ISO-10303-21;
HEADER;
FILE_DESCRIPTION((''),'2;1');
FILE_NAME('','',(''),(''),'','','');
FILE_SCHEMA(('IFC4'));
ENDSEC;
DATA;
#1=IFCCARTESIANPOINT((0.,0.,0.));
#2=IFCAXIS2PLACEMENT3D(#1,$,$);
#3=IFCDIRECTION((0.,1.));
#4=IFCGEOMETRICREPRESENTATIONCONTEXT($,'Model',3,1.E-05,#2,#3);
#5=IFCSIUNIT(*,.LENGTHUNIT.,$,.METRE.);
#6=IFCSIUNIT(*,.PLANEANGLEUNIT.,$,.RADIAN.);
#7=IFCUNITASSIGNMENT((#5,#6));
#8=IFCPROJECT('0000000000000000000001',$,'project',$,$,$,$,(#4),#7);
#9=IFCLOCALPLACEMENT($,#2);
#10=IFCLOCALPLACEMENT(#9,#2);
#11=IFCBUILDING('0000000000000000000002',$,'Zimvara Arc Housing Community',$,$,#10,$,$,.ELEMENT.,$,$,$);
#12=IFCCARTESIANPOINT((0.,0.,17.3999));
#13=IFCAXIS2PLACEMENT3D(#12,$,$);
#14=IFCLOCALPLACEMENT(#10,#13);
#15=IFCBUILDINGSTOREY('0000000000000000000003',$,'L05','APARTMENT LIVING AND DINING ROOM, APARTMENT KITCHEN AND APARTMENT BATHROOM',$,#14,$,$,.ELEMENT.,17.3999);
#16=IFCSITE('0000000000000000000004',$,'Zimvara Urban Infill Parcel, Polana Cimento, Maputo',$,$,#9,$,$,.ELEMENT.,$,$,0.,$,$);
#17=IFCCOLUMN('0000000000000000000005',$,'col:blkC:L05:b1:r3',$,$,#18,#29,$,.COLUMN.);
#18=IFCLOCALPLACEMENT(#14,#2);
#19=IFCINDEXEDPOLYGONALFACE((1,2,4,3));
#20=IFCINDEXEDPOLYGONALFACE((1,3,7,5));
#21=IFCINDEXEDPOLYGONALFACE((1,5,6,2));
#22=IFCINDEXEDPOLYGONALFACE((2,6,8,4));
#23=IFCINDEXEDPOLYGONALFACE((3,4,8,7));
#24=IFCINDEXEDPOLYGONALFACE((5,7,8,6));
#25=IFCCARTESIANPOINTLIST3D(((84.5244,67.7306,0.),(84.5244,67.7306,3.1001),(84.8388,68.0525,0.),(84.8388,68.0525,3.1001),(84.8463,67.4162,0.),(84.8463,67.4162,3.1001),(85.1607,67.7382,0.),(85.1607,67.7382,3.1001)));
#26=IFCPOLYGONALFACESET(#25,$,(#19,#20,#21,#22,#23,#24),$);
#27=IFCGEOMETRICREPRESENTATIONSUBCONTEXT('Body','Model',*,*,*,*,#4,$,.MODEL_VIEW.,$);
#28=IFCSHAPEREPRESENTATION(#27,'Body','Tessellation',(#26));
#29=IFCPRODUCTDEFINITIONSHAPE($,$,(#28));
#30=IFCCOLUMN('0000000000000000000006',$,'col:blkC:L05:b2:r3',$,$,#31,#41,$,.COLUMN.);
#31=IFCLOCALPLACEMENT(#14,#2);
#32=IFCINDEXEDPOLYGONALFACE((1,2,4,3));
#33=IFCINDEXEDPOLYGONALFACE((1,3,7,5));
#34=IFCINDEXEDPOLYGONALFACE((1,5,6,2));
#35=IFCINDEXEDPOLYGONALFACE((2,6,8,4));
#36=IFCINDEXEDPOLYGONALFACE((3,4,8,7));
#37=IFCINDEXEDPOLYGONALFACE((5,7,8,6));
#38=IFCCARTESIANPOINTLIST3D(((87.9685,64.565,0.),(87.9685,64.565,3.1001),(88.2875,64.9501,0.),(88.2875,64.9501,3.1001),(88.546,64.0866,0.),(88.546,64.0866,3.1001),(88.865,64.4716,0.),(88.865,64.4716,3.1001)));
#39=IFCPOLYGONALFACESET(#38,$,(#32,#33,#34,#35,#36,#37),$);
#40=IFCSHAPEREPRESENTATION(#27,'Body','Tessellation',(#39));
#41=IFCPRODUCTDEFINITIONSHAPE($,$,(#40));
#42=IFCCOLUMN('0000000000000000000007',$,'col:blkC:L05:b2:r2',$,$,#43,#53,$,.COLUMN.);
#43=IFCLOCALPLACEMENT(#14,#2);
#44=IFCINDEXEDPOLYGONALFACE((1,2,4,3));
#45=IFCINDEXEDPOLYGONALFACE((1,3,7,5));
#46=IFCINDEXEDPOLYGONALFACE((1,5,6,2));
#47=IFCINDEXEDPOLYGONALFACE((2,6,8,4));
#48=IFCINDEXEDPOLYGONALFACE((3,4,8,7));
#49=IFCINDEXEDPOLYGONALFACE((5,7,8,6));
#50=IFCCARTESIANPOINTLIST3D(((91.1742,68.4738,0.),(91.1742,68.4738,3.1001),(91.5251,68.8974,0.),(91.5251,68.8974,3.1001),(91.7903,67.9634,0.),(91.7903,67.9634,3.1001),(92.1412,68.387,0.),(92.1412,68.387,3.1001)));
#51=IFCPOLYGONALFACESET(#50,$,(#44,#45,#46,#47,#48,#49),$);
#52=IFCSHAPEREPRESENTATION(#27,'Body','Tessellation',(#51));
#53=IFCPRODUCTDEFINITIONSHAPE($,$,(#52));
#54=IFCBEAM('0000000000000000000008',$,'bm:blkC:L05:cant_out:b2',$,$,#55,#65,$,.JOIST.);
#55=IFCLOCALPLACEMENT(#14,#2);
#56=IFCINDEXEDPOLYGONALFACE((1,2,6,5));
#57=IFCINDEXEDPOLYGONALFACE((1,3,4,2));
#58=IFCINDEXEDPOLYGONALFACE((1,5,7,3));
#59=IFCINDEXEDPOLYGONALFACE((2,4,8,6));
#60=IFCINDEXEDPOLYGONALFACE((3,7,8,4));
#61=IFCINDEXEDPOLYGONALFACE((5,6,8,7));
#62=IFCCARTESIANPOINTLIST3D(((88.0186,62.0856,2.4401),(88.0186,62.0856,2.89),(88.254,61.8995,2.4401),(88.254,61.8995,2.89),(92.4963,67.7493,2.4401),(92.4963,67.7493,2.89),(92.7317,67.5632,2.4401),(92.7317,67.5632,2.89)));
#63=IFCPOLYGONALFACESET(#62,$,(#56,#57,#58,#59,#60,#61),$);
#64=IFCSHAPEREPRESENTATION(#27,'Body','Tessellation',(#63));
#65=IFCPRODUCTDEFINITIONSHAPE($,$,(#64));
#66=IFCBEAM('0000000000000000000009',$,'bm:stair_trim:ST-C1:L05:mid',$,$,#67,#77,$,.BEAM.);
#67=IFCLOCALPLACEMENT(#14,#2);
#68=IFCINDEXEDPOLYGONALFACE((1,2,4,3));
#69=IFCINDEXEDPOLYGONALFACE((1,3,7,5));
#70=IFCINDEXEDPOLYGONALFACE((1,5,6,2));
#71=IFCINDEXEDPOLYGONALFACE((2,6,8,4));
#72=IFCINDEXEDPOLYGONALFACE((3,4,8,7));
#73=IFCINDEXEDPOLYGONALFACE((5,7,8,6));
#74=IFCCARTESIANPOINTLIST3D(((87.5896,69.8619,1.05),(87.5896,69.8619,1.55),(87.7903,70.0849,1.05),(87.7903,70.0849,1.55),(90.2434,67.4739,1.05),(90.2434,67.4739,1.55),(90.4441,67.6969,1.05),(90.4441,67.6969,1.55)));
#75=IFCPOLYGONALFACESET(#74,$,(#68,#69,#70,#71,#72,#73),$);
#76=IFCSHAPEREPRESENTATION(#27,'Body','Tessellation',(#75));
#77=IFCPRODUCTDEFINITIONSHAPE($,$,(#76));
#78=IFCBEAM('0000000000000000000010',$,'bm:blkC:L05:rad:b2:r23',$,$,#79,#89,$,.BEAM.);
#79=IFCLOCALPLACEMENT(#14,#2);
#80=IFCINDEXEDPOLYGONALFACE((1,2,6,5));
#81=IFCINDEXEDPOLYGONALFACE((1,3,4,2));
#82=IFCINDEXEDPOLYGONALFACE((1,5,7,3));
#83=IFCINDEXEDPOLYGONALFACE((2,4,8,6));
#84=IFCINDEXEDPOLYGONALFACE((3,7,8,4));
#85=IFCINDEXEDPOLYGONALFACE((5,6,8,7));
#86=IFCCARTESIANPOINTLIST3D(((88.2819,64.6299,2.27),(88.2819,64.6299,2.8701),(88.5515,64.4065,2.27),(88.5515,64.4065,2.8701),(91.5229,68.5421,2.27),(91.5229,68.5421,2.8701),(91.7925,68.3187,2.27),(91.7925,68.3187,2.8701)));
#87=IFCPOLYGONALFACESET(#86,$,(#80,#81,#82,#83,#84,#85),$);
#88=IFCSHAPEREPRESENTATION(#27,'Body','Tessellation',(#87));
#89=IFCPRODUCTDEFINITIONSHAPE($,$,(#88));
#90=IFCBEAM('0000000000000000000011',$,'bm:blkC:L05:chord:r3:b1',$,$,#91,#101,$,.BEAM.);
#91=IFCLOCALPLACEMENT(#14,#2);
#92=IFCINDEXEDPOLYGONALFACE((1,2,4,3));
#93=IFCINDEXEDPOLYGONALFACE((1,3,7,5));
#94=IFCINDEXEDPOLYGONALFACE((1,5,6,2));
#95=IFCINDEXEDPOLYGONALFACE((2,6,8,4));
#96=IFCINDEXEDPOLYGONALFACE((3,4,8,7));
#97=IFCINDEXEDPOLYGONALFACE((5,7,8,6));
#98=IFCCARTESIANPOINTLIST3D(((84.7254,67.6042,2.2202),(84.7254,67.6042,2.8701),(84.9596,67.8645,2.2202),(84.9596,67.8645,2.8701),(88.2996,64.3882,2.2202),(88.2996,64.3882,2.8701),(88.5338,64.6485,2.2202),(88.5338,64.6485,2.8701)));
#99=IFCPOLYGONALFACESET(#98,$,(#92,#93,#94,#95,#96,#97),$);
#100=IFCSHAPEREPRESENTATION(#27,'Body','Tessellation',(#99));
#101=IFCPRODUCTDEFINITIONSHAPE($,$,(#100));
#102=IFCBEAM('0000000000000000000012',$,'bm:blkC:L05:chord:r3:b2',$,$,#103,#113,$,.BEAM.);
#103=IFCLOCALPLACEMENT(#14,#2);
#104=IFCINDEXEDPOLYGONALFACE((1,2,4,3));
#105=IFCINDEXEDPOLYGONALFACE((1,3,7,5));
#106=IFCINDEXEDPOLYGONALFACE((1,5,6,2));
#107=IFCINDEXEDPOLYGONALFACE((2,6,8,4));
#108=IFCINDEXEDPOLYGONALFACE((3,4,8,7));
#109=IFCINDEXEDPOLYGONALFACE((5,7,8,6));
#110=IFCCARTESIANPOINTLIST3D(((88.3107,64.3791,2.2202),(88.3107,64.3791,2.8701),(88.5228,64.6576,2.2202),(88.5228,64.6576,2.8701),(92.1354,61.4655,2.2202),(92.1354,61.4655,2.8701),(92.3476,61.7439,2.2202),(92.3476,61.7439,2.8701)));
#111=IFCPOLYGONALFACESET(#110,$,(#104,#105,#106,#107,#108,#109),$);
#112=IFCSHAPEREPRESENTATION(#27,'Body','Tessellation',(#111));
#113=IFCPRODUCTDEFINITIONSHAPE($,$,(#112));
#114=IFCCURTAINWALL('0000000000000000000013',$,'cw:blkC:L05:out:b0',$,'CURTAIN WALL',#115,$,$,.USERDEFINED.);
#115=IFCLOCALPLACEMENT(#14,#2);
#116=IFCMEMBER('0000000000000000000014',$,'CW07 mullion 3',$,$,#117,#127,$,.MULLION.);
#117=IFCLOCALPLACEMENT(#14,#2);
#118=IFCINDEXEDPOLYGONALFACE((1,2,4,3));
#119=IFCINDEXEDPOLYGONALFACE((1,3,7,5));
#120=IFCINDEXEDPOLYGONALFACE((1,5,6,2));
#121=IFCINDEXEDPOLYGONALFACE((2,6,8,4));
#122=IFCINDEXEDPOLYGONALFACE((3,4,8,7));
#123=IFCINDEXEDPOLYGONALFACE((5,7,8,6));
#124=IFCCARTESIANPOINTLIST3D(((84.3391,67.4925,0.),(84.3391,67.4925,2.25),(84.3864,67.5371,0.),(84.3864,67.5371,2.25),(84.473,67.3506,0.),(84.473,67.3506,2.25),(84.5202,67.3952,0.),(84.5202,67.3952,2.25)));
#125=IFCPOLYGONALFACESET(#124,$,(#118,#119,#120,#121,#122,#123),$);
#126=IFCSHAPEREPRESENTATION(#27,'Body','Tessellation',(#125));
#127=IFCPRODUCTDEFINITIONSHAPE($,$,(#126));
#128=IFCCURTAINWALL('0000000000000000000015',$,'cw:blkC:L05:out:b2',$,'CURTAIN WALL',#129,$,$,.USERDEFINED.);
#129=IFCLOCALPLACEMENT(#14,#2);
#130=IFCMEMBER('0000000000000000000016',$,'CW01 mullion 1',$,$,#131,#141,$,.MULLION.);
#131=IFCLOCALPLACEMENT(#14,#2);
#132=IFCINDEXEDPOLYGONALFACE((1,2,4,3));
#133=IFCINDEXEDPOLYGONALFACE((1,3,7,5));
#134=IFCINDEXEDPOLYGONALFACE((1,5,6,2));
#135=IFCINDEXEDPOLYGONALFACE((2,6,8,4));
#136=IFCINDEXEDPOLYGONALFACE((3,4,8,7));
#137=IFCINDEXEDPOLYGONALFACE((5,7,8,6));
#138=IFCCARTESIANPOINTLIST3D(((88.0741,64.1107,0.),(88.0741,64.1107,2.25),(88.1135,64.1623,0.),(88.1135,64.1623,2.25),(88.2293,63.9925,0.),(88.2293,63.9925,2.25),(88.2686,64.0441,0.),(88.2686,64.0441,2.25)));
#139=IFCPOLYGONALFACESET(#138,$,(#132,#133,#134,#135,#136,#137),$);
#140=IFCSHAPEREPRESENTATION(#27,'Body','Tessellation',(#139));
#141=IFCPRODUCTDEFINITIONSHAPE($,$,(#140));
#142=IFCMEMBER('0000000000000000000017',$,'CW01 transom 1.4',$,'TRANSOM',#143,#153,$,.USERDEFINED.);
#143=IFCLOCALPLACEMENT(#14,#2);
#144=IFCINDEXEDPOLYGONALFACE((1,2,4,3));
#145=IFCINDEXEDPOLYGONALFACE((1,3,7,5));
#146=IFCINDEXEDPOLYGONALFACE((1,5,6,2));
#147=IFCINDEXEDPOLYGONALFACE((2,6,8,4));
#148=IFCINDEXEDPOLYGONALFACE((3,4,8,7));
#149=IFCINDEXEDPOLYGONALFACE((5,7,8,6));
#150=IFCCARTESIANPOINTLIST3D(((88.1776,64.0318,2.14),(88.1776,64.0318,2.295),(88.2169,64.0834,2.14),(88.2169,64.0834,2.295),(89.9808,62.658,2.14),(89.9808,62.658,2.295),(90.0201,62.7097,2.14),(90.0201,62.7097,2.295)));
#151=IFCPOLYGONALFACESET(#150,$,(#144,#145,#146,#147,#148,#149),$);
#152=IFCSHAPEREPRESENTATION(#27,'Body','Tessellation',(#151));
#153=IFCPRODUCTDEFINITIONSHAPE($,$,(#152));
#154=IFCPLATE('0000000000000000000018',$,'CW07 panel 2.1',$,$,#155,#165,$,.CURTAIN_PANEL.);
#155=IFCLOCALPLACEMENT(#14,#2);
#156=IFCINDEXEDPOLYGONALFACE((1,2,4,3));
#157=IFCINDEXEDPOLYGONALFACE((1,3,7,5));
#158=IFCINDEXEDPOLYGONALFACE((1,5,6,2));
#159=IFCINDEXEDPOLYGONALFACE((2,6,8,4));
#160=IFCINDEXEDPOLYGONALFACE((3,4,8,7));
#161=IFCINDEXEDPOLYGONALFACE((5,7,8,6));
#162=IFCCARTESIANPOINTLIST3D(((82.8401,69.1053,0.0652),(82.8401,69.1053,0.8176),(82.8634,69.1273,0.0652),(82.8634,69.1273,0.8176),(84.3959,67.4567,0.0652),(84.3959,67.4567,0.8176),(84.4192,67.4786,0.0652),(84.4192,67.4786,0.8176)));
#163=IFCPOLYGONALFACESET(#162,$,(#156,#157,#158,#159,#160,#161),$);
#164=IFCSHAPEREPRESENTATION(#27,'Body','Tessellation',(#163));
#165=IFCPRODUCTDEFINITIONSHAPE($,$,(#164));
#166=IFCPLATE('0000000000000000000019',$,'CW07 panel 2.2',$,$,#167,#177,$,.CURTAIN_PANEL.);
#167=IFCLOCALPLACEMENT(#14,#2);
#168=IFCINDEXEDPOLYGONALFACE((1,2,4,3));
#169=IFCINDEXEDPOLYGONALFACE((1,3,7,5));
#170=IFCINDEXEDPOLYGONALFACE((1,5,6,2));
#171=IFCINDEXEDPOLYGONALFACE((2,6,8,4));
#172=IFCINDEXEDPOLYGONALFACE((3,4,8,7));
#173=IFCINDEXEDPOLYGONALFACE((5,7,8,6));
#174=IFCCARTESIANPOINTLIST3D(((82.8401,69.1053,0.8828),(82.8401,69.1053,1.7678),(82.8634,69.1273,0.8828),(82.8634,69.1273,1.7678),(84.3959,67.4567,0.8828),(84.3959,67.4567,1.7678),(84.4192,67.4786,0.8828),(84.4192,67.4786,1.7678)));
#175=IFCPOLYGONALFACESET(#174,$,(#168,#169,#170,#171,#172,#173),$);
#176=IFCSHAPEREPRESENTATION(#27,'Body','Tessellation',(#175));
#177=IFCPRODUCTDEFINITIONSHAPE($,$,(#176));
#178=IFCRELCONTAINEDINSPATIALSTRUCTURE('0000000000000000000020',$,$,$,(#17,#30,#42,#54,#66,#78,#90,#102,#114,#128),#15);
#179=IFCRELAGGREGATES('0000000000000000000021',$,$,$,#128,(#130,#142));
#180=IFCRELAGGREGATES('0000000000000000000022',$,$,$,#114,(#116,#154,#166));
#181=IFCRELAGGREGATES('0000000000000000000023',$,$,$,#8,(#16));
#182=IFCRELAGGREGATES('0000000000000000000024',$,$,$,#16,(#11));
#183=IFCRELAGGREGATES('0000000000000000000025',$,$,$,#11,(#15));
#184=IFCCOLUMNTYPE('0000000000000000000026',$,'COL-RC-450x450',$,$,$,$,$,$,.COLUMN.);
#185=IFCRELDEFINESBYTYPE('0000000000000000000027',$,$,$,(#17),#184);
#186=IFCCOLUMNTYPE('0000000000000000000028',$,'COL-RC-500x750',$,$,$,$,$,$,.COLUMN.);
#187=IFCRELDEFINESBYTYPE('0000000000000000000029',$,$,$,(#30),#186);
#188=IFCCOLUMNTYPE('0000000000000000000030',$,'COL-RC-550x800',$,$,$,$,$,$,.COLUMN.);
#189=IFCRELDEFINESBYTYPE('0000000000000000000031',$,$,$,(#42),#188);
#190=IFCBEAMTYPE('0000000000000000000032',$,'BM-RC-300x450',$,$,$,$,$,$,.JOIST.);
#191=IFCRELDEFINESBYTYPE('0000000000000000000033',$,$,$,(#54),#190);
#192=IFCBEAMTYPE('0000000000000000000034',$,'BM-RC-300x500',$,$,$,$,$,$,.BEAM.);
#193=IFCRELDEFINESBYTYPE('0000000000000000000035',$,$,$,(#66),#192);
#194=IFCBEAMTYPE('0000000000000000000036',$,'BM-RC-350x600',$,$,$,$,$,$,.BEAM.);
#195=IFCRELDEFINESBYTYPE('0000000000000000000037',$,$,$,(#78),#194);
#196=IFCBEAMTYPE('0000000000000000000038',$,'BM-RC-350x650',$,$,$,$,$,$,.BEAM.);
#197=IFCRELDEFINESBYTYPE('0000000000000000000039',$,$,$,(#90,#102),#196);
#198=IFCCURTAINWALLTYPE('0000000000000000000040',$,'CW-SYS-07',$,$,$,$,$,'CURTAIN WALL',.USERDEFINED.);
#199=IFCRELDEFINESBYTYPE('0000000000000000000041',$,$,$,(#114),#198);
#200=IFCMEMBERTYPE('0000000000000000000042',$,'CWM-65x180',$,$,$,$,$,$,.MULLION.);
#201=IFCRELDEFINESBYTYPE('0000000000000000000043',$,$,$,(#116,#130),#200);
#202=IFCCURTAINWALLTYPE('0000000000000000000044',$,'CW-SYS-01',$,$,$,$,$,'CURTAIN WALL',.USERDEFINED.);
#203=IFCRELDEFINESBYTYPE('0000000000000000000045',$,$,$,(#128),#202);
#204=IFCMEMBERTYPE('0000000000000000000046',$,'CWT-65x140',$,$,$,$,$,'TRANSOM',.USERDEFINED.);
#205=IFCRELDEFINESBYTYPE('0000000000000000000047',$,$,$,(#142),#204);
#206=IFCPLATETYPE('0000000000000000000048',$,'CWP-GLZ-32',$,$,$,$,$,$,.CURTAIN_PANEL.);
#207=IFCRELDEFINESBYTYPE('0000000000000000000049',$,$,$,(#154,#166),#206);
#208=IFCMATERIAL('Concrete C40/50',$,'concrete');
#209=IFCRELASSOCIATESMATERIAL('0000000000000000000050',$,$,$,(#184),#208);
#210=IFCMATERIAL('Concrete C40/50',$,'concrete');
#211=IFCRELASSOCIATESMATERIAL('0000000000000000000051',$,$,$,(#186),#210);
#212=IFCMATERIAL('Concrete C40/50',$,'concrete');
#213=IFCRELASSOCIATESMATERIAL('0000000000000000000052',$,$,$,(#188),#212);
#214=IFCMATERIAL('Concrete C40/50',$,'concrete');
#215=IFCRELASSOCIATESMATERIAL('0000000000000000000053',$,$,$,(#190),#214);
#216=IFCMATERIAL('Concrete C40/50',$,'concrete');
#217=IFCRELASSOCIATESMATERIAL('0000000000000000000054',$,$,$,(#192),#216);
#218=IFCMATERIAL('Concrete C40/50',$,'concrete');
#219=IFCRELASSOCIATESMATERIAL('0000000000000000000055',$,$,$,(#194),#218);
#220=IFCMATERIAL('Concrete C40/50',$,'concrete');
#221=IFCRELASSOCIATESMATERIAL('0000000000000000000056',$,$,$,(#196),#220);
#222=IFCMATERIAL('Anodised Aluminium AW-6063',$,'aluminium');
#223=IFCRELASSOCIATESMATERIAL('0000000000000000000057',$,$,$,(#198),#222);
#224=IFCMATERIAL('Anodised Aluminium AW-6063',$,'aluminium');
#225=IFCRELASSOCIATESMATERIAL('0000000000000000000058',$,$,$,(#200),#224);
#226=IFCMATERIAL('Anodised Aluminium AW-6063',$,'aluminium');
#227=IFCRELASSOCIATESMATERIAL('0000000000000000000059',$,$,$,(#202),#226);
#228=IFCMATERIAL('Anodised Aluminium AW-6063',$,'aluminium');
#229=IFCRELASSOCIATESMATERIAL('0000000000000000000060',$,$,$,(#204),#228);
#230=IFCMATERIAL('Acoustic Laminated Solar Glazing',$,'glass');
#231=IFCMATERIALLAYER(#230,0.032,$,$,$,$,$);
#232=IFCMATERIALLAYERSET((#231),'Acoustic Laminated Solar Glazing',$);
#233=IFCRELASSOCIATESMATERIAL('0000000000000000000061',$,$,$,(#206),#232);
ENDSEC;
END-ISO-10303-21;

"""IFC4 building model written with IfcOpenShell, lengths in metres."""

from ifc_helpers import new_model, si_unit, direction, frame, origin, origin_2d, place, context, subcontext, project, spatial, rectangle, extrude, material, layer, layer_set, material_profile, profile_set, type_object, element, aggregate, save


model = new_model("IFC4")

# Units and contexts
model_context = context("Model", 3, precision=1e-05, world=origin(), true_north=direction((0.0, 1.0)))
body_context = subcontext(model_context, "Body", "Model", "MODEL_VIEW")
ifc_project = project(units=[si_unit("LENGTHUNIT", "METRE"), si_unit("PLANEANGLEUNIT", "RADIAN")], contexts=[model_context])

# Site, building, storey
site_placement = place(None, origin())
site = spatial("IfcSite", under=ifc_project, at=site_placement, Name="Zimvara Urban Infill Parcel, Polana Cimento, Maputo", CompositionType="ELEMENT", RefElevation=0.0)
building_placement = place(site_placement, origin())
building = spatial("IfcBuilding", under=site, at=building_placement, Name="Zimvara Arc Housing Community", CompositionType="ELEMENT")
storey_placement = place(building_placement, frame((0.0, 0.0, 17.3999)))
storey = spatial("IfcBuildingStorey", under=building, at=storey_placement, Name="L05", Description="APARTMENT LIVING AND DINING ROOM, APARTMENT KITCHEN AND APARTMENT BATHROOM", CompositionType="ELEMENT", Elevation=17.3999)

# Columns
ifc_material_1 = material(Name="Concrete C40/50", Category="concrete")
ifc_material_profile_1 = material_profile(ifc_material_1, rectangle(XDim=0.45, YDim=0.45, at=origin_2d()), Name="RC 450x450")
ifc_profile_set_1 = profile_set([ifc_material_profile_1], Name="Concrete C40/50")
column_type_1 = type_object("IfcColumnType", Name="COL-RC-450x450", PredefinedType="COLUMN", material=ifc_profile_set_1)
column_1_placement = place(storey_placement, frame((84.8425, 67.7344, 0.0), z_axis=(0.0, 0.0, 1.0), x_axis=(-0.698665, -0.715449, 0.0)))
element("IfcColumn", 1, at=column_1_placement, inside=storey, type_object=column_type_1, Name="col:blkC:L05:b1:r3", PredefinedType="COLUMN", context=body_context, shape_type="SweptSolid", body=[
    extrude(rectangle(XDim=0.45, YDim=0.45, at=origin_2d()), origin(), (0.0, 0.0, 1.0), 3.1001),
])
ifc_material_2 = material(Name="Concrete C40/50", Category="concrete")
ifc_material_profile_2 = material_profile(ifc_material_2, rectangle(XDim=0.5, YDim=0.75, at=origin_2d()), Name="RC 500x750")
ifc_profile_set_2 = profile_set([ifc_material_profile_2], Name="Concrete C40/50")
column_type_2 = type_object("IfcColumnType", Name="COL-RC-500x750", PredefinedType="COLUMN", material=ifc_profile_set_2)
column_2_placement = place(storey_placement, frame((88.4167, 64.5183, 0.0), z_axis=(0.0, 0.0, 1.0), x_axis=(-0.637962, -0.770068, 0.0)))
element("IfcColumn", 2, at=column_2_placement, inside=storey, type_object=column_type_2, Name="col:blkC:L05:b2:r3", PredefinedType="COLUMN", context=body_context, shape_type="SweptSolid", body=[
    extrude(rectangle(XDim=0.5, YDim=0.75, at=origin_2d()), origin(), (0.0, 0.0, 1.0), 3.1001),
])
ifc_material_3 = material(Name="Concrete C40/50", Category="concrete")
ifc_material_profile_3 = material_profile(ifc_material_3, rectangle(XDim=0.55, YDim=0.8, at=origin_2d()), Name="RC 550x800")
ifc_profile_set_3 = profile_set([ifc_material_profile_3], Name="Concrete C40/50")
column_type_3 = type_object("IfcColumnType", Name="COL-RC-550x800", PredefinedType="COLUMN", material=ifc_profile_set_3)
column_3_placement = place(storey_placement, frame((91.6577, 68.4304, 0.0), z_axis=(0.0, 0.0, 1.0), x_axis=(-0.637962, -0.770068, 0.0)))
element("IfcColumn", 3, at=column_3_placement, inside=storey, type_object=column_type_3, Name="col:blkC:L05:b2:r2", PredefinedType="COLUMN", context=body_context, shape_type="SweptSolid", body=[
    extrude(rectangle(XDim=0.55, YDim=0.8, at=origin_2d()), origin(), (0.0, 0.0, 1.0), 3.1001),
])

# Beams
ifc_material_4 = material(Name="Concrete C40/50", Category="concrete")
ifc_material_profile_4 = material_profile(ifc_material_4, rectangle(XDim=0.3, YDim=0.45, at=origin_2d()), Name="RC 300x450")
ifc_profile_set_4 = profile_set([ifc_material_profile_4], Name="Concrete C40/50")
beam_type_1 = type_object("IfcBeamType", Name="BM-RC-300x450", PredefinedType="JOIST", material=ifc_profile_set_4)
beam_1_placement = place(storey_placement, frame((92.614, 67.6562, 2.665), z_axis=(-0.620186, -0.784455, 0.0), x_axis=(0.784455, -0.620186, 0.0)))
element("IfcBeam", 4, at=beam_1_placement, inside=storey, type_object=beam_type_1, Name="bm:blkC:L05:cant_out:b2", PredefinedType="JOIST", context=body_context, shape_type="SweptSolid", body=[
    extrude(rectangle(XDim=0.3, YDim=0.45, at=origin_2d()), origin(), (0.0, 0.0, 1.0), 7.22),
])
ifc_material_5 = material(Name="Concrete C40/50", Category="concrete")
ifc_material_profile_5 = material_profile(ifc_material_5, rectangle(XDim=0.3, YDim=0.5, at=origin_2d()), Name="RC 300x500")
ifc_profile_set_5 = profile_set([ifc_material_profile_5], Name="Concrete C40/50")
beam_type_2 = type_object("IfcBeamType", Name="BM-RC-300x500", PredefinedType="BEAM", material=ifc_profile_set_5)
beam_2_placement = place(storey_placement, frame((87.6899, 69.9734, 1.3), z_axis=(0.743362, -0.668889, 0.0), x_axis=(0.668889, 0.743362, 0.0)))
element("IfcBeam", 5, at=beam_2_placement, inside=storey, type_object=beam_type_2, Name="bm:stair_trim:ST-C1:L05:mid", PredefinedType="BEAM", context=body_context, shape_type="SweptSolid", body=[
    extrude(rectangle(XDim=0.3, YDim=0.5, at=origin_2d()), origin(), (0.0, 0.0, 1.0), 3.5701),
])
ifc_material_6 = material(Name="Concrete C40/50", Category="concrete")
ifc_material_profile_6 = material_profile(ifc_material_6, rectangle(XDim=0.3501, YDim=0.6001, at=origin_2d()), Name="RC 350x600")
ifc_profile_set_6 = profile_set([ifc_material_profile_6], Name="Concrete C40/50")
beam_type_3 = type_object("IfcBeamType", Name="BM-RC-350x600", PredefinedType="BEAM", material=ifc_profile_set_6)
beam_3_placement = place(storey_placement, frame((91.6577, 68.4304, 2.5701), z_axis=(-0.63796, -0.770069, 0.0), x_axis=(0.770069, -0.63796, 0.0)))
element("IfcBeam", 6, at=beam_3_placement, inside=storey, type_object=beam_type_3, Name="bm:blkC:L05:rad:b2:r23", PredefinedType="BEAM", context=body_context, shape_type="SweptSolid", body=[
    extrude(rectangle(XDim=0.3501, YDim=0.6001, at=origin_2d()), origin(), (0.0, 0.0, 1.0), 5.0803),
])
ifc_material_7 = material(Name="Concrete C40/50", Category="concrete")
ifc_material_profile_7 = material_profile(ifc_material_7, rectangle(XDim=0.3501, YDim=0.6499, at=origin_2d()), Name="RC 350x650")
ifc_profile_set_7 = profile_set([ifc_material_profile_7], Name="Concrete C40/50")
beam_type_4 = type_object("IfcBeamType", Name="BM-RC-350x650", PredefinedType="BEAM", material=ifc_profile_set_7)
for number, where, z_axis, x_axis, name in (
    (7, (84.8425, 67.7344, 2.5452), (0.74337, -0.668881, 0.0), (0.668881, 0.74337, 0.0), "bm:blkC:L05:chord:r3:b1"),
    (8, (88.4167, 64.5183, 2.5452), (0.795481, -0.605979, 0.0), (0.605979, 0.795481, 0.0), "bm:blkC:L05:chord:r3:b2"),
):
    element("IfcBeam", number, at=place(storey_placement, frame(where, z_axis=z_axis, x_axis=x_axis)), inside=storey, type_object=beam_type_4, Name=name, PredefinedType="BEAM", context=body_context, shape_type="SweptSolid", body=[
        extrude(rectangle(XDim=0.3501, YDim=0.6499, at=origin_2d()), origin(), (0.0, 0.0, 1.0), 4.8081),
    ])

# Curtain wall, member
ifc_material_8 = material(Name="Anodised Aluminium AW-6063", Category="aluminium")
curtain_wall_type_1 = type_object("IfcCurtainWallType", Name="CW-SYS-07", ElementType="CURTAIN WALL", PredefinedType="USERDEFINED", material=ifc_material_8)
curtain_wall_1_placement = place(storey_placement, origin())
curtain_wall_1 = element("IfcCurtainWall", 9, at=curtain_wall_1_placement, inside=storey, type_object=curtain_wall_type_1, Name="cw:blkC:L05:out:b0", ObjectType="CURTAIN WALL", PredefinedType="USERDEFINED")
ifc_material_9 = material(Name="Anodised Aluminium AW-6063", Category="aluminium")
ifc_material_profile_8 = material_profile(ifc_material_9, rectangle(XDim=0.0649, YDim=0.1951, at=origin_2d()), Name="ALU 65x195")
ifc_profile_set_8 = profile_set([ifc_material_profile_8], Name="Anodised Aluminium AW-6063")
member_type_1 = type_object("IfcMemberType", Name="CWM-65x180", PredefinedType="MULLION", material=ifc_profile_set_8)
member_1_placement = place(storey_placement, frame((84.4297, 67.4438, 0.0), z_axis=(0.0, 0.0, 1.0), x_axis=(0.727294, 0.686326, 0.0)))
member_1 = element("IfcMember", 10, at=member_1_placement, type_object=member_type_1, Name="CW07 mullion 3", PredefinedType="MULLION", context=body_context, shape_type="SweptSolid", body=[
    extrude(rectangle(XDim=0.0649, YDim=0.1951, at=origin_2d()), origin(), (0.0, 0.0, 1.0), 2.25),
])

# Curtain wall, members
ifc_material_10 = material(Name="Anodised Aluminium AW-6063", Category="aluminium")
curtain_wall_type_2 = type_object("IfcCurtainWallType", Name="CW-SYS-01", ElementType="CURTAIN WALL", PredefinedType="USERDEFINED", material=ifc_material_10)
curtain_wall_2_placement = place(storey_placement, origin())
curtain_wall_2 = element("IfcCurtainWall", 11, at=curtain_wall_2_placement, inside=storey, type_object=curtain_wall_type_2, Name="cw:blkC:L05:out:b2", ObjectType="CURTAIN WALL", PredefinedType="USERDEFINED")
member_2_placement = place(storey_placement, frame((88.1714, 64.0774, 0.0), z_axis=(0.0, 0.0, 1.0), x_axis=(0.605988, 0.795474, 0.0)))
member_2 = element("IfcMember", 12, at=member_2_placement, type_object=member_type_1, Name="CW01 mullion 1", PredefinedType="MULLION", context=body_context, shape_type="SweptSolid", body=[
    extrude(rectangle(XDim=0.0649, YDim=0.1951, at=origin_2d()), origin(), (0.0, 0.0, 1.0), 2.25),
])
ifc_material_11 = material(Name="Anodised Aluminium AW-6063", Category="aluminium")
ifc_material_profile_9 = material_profile(ifc_material_11, rectangle(XDim=0.0649, YDim=0.155, at=origin_2d()), Name="ALU 65x155")
ifc_profile_set_9 = profile_set([ifc_material_profile_9], Name="Anodised Aluminium AW-6063")
member_type_2 = type_object("IfcMemberType", Name="CWT-65x140", ElementType="TRANSOM", PredefinedType="USERDEFINED", material=ifc_profile_set_9)
member_3_placement = place(storey_placement, frame((88.1973, 64.0576, 2.2175), z_axis=(0.795454, -0.606014, 0.0), x_axis=(0.606014, 0.795454, 0.0)))
member_3 = element("IfcMember", 13, at=member_3_placement, type_object=member_type_2, Name="CW01 transom 1.4", ObjectType="TRANSOM", PredefinedType="USERDEFINED", context=body_context, shape_type="SweptSolid", body=[
    extrude(rectangle(XDim=0.0649, YDim=0.155, at=origin_2d()), origin(), (0.0, 0.0, 1.0), 2.2668),
])
aggregate(curtain_wall_2, [member_2, member_3])

# Plates
ifc_material_12 = material(Name="Acoustic Laminated Solar Glazing", Category="glass")
ifc_layer_1 = layer(ifc_material_12, 0.032)
ifc_layer_set_1 = layer_set([ifc_layer_1], Name="Acoustic Laminated Solar Glazing")
plate_type = type_object("IfcPlateType", Name="CWP-GLZ-32", PredefinedType="CURTAIN_PANEL", material=ifc_layer_set_1)
plate_1_placement = place(storey_placement, frame((83.6296, 68.292, 0.0652), z_axis=(0.0, 0.0, 1.0), x_axis=(0.686326, -0.727294, 0.0)))
plate_1 = element("IfcPlate", 14, at=plate_1_placement, type_object=plate_type, Name="CW07 panel 2.1", PredefinedType="CURTAIN_PANEL", context=body_context, shape_type="SweptSolid", body=[
    extrude(rectangle(XDim=2.2668, YDim=0.032, at=origin_2d()), origin(), (0.0, 0.0, 1.0), 0.7524),
])
plate_2_placement = place(storey_placement, frame((83.6296, 68.292, 0.8828), z_axis=(0.0, 0.0, 1.0), x_axis=(0.686326, -0.727294, 0.0)))
plate_2 = element("IfcPlate", 15, at=plate_2_placement, type_object=plate_type, Name="CW07 panel 2.2", PredefinedType="CURTAIN_PANEL", context=body_context, shape_type="SweptSolid", body=[
    extrude(rectangle(XDim=2.2668, YDim=0.032, at=origin_2d()), origin(), (0.0, 0.0, 1.0), 0.885),
])
aggregate(curtain_wall_1, [member_1, plate_1, plate_2])

save(model, "model.ifc")
